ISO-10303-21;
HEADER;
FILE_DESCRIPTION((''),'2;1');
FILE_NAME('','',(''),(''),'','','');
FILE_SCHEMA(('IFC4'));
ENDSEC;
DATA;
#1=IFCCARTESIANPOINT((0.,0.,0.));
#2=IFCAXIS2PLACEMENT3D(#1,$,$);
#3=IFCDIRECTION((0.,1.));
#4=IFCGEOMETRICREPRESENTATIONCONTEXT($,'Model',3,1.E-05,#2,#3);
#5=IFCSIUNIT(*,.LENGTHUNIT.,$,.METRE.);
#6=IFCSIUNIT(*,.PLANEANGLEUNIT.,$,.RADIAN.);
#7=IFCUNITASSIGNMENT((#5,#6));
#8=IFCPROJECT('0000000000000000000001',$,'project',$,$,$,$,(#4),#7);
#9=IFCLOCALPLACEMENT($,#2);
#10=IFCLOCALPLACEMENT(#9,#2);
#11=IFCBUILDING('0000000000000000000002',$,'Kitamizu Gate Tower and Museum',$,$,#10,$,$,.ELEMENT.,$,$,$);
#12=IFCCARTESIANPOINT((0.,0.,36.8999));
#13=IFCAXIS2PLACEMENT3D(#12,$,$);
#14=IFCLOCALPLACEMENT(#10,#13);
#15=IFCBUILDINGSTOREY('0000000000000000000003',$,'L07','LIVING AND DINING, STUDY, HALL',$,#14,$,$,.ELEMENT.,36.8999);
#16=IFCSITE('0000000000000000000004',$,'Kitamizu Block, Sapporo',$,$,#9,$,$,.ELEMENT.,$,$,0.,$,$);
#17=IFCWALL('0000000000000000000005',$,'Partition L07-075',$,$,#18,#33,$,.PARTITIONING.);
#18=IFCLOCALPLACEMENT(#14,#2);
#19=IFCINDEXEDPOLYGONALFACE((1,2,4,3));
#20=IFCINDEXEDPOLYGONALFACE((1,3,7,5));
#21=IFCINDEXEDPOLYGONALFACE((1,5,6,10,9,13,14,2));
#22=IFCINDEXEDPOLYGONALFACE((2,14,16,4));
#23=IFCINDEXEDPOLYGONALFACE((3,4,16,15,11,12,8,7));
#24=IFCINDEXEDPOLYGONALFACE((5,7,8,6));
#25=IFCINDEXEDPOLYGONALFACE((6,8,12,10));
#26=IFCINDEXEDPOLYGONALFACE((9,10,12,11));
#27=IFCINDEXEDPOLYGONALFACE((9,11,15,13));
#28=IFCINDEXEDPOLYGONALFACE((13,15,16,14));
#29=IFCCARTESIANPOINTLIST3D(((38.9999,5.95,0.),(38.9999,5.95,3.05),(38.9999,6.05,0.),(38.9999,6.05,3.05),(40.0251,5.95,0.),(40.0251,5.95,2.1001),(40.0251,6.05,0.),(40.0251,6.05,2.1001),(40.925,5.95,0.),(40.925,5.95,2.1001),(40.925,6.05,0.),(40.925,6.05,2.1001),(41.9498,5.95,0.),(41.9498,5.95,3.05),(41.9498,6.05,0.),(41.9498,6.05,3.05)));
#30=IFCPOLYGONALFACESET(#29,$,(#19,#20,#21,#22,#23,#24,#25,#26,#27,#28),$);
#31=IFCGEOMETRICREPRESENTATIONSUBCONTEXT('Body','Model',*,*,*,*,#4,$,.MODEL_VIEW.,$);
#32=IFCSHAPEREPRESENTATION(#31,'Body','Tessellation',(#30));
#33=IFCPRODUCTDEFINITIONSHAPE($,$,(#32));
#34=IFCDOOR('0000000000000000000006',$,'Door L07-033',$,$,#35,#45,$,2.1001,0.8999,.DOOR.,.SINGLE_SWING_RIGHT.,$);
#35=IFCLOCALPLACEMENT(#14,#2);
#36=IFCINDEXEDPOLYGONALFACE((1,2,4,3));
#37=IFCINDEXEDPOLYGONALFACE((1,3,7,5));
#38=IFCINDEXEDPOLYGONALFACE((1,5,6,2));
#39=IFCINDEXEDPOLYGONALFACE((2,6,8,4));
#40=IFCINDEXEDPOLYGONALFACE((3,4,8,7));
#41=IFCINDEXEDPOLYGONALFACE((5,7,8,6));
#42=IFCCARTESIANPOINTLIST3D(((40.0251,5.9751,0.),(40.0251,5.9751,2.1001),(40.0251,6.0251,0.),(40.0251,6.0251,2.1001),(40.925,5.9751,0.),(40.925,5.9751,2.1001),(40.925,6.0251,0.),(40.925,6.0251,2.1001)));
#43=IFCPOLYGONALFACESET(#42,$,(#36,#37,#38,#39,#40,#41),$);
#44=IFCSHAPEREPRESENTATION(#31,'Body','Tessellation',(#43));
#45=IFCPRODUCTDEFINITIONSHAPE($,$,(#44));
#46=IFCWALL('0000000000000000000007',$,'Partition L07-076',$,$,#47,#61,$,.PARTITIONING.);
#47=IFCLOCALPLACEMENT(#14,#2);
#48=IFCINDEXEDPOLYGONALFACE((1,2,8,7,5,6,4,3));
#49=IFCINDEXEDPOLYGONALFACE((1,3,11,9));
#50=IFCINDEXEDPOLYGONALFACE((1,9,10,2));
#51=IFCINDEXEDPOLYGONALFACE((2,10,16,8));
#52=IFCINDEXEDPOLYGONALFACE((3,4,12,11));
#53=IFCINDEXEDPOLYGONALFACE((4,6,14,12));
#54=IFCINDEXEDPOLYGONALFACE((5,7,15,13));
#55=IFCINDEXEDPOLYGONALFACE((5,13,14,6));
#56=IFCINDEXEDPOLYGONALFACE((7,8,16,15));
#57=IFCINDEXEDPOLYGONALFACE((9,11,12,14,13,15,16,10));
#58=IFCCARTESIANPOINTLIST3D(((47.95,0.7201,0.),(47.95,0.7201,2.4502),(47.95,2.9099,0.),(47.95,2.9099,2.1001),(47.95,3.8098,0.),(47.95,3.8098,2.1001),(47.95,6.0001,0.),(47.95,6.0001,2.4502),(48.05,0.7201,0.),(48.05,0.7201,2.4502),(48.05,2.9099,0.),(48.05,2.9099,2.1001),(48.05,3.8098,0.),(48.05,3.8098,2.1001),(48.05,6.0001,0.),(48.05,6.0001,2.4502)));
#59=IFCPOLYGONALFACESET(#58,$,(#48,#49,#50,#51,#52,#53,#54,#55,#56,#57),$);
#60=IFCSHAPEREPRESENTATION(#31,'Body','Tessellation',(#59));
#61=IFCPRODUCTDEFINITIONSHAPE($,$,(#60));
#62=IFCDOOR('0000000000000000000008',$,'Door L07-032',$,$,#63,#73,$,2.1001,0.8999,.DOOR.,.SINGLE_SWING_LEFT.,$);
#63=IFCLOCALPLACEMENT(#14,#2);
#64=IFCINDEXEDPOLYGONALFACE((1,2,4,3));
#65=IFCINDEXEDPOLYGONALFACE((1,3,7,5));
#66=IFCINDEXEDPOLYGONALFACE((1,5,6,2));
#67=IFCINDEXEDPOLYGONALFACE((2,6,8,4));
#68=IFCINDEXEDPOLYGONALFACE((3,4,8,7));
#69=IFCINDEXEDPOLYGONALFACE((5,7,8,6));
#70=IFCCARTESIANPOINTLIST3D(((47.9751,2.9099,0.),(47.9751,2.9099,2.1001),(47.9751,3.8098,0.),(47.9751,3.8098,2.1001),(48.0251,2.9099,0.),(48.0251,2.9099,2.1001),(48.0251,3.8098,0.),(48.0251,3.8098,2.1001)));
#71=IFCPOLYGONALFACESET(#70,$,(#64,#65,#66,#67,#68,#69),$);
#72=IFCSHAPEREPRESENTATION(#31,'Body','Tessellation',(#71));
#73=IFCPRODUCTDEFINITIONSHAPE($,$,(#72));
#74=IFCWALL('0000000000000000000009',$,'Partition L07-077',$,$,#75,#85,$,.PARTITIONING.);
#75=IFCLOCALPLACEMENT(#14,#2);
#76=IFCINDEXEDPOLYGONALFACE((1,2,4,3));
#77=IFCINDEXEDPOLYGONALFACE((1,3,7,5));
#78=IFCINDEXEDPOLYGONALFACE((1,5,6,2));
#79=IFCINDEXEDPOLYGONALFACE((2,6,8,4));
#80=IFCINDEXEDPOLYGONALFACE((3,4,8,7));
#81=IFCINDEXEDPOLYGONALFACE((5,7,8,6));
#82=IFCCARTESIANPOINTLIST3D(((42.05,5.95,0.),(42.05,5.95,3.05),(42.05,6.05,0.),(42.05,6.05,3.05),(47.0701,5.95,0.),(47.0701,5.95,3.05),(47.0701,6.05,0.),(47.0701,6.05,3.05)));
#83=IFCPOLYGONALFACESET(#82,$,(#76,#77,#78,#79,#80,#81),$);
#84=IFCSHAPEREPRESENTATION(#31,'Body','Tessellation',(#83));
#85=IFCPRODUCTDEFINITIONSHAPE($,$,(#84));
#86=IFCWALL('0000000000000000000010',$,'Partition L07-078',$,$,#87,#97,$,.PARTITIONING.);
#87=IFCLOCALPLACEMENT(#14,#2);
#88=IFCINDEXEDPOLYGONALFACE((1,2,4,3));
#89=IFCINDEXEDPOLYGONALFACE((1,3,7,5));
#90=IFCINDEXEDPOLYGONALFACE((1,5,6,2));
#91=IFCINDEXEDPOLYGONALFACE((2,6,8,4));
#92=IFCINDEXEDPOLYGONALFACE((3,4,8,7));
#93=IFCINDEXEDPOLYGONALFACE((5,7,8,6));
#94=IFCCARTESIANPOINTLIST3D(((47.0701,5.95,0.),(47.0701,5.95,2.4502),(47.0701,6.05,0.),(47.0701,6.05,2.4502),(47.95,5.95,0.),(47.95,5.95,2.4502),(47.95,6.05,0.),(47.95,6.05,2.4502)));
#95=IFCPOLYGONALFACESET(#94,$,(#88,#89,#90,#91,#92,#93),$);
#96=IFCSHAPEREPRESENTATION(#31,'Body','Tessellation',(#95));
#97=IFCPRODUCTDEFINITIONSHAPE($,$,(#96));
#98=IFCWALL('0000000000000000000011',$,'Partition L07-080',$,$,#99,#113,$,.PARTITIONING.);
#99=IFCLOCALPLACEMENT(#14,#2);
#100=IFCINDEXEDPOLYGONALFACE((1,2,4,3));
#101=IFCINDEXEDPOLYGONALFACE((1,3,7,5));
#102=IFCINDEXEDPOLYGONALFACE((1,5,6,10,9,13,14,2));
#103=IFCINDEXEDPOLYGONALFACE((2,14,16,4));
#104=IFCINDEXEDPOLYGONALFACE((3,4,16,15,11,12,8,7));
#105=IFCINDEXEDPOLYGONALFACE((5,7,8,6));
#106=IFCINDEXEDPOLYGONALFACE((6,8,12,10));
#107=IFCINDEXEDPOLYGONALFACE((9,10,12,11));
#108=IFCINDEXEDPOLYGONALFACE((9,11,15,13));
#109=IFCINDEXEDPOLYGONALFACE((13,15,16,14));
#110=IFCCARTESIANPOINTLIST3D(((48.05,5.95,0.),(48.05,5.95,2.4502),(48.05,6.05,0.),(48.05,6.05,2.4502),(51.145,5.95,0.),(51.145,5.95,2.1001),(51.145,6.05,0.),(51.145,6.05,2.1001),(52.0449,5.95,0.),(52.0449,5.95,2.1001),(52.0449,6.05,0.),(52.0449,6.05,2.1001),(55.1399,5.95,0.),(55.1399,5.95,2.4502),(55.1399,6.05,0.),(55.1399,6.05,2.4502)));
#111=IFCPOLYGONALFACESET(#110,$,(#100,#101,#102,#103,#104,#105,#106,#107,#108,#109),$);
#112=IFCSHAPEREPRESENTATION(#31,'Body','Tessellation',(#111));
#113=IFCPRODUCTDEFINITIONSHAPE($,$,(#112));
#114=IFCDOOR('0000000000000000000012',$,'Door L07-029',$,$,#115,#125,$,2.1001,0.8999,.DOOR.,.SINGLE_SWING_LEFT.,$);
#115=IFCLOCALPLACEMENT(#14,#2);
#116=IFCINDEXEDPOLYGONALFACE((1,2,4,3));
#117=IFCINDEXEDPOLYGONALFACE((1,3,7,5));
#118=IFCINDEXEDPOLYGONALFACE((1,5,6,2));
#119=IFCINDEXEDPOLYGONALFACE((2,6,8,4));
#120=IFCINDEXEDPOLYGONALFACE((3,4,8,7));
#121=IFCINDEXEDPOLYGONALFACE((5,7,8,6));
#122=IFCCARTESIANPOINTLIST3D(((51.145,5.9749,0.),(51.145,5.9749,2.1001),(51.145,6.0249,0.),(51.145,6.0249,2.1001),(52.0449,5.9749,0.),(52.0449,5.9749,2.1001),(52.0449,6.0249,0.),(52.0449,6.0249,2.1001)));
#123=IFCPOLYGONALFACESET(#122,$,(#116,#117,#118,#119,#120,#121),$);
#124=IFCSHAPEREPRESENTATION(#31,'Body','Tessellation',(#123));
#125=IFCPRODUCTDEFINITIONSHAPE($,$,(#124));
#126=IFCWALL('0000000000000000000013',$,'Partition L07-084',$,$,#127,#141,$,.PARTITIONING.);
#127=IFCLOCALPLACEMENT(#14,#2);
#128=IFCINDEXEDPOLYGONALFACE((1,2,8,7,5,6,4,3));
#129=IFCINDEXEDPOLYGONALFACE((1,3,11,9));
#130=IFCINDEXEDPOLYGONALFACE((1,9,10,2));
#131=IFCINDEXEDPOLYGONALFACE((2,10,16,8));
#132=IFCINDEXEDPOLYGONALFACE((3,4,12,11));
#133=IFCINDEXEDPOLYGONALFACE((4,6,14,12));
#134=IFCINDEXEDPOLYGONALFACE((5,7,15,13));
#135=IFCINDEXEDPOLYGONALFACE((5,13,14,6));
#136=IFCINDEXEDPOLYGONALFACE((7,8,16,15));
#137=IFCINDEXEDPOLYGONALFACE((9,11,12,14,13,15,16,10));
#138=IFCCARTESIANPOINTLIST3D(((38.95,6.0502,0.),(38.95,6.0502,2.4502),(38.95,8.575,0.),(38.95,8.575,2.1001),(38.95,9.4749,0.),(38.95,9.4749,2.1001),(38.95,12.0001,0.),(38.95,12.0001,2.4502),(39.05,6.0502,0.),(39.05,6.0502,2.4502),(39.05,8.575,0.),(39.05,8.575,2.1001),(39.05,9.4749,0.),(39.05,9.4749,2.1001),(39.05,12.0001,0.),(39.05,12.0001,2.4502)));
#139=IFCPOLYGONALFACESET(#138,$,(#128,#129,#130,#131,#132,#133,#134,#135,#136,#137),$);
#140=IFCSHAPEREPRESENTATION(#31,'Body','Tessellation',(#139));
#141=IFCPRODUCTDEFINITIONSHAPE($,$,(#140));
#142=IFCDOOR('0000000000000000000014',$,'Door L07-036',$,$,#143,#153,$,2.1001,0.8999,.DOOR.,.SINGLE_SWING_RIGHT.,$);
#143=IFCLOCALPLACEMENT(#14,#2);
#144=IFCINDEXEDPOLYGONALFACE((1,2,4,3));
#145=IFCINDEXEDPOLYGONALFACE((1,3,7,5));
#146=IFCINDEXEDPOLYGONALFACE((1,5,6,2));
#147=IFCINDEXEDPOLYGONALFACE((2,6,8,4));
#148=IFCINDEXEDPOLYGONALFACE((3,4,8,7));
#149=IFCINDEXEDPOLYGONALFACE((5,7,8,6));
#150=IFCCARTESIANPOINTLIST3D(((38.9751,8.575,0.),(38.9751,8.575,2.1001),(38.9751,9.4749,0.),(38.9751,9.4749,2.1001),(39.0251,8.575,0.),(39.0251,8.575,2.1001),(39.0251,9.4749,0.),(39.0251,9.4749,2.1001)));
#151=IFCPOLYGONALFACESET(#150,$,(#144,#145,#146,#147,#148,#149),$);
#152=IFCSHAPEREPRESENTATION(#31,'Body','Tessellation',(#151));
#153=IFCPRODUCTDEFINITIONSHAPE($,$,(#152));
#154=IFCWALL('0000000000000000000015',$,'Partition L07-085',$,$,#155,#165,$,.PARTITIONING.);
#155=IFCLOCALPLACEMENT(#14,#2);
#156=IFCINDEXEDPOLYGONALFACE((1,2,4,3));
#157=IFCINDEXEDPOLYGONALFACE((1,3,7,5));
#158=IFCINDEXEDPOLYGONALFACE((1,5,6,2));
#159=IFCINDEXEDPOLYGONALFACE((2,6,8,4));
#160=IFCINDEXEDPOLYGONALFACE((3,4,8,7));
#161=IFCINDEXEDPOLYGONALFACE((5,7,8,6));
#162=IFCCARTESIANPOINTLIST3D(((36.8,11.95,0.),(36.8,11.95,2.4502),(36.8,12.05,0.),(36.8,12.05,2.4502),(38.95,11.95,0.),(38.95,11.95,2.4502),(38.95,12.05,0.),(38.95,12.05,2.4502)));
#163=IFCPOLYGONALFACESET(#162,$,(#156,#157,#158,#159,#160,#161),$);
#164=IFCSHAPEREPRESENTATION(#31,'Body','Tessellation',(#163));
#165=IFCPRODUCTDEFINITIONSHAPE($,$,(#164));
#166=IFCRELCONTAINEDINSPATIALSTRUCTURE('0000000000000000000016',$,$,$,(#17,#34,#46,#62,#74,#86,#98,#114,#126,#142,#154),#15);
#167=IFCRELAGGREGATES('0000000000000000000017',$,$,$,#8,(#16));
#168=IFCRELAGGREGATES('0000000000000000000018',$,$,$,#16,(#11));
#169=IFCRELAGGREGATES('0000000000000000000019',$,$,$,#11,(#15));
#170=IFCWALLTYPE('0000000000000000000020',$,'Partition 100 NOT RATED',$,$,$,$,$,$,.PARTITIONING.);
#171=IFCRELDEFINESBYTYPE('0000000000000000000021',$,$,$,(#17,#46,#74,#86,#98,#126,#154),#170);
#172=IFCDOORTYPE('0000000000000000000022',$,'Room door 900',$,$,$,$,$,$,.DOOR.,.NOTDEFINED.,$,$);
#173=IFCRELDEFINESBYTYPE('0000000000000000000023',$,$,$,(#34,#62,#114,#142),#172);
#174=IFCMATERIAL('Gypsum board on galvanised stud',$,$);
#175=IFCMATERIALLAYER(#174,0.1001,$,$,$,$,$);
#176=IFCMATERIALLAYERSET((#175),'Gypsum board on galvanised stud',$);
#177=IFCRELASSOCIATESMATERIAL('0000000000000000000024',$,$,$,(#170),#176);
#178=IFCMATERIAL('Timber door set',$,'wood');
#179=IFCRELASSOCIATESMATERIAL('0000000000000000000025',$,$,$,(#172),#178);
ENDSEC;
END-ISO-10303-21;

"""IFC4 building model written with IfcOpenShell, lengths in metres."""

from ifc_helpers import new_model, si_unit, direction, frame, frame_2d, origin, place, context, subcontext, project, spatial, rectangle, extrude, material, layer, layer_set, type_object, element, fill, save


model = new_model("IFC4")

# Units and contexts
model_context = context("Model", 3, precision=1e-05, world=origin(), true_north=direction((0.0, 1.0)))
body_context = subcontext(model_context, "Body", "Model", "MODEL_VIEW")
ifc_project = project(units=[si_unit("LENGTHUNIT", "METRE"), si_unit("PLANEANGLEUNIT", "RADIAN")], contexts=[model_context])

# Site, building, storey
site_placement = place(None, origin())
site = spatial("IfcSite", under=ifc_project, at=site_placement, Name="Kitamizu Block, Sapporo", CompositionType="ELEMENT", RefElevation=0.0)
building_placement = place(site_placement, origin())
building = spatial("IfcBuilding", under=site, at=building_placement, Name="Kitamizu Gate Tower and Museum", CompositionType="ELEMENT")
storey_placement = place(building_placement, frame((0.0, 0.0, 36.8999)))
storey = spatial("IfcBuildingStorey", under=building, at=storey_placement, Name="L07", Description="LIVING AND DINING, STUDY, HALL", CompositionType="ELEMENT", Elevation=36.8999)

# Shared definitions
ifc_material_1 = material(Name="Gypsum board on galvanised stud")
ifc_layer_1 = layer(ifc_material_1, 0.1001)
ifc_layer_set_1 = layer_set([ifc_layer_1], Name="Gypsum board on galvanised stud")
wall_type_1 = type_object("IfcWallType", Name="Partition 100 NOT RATED", PredefinedType="PARTITIONING", material=ifc_layer_set_1)

# Walls, openings, doors
wall_1_placement = place(storey_placement, frame((41.95, 6.0, 0.0), z_axis=(0.0, 0.0, 1.0), x_axis=(-1.0, 0.0, 0.0)))
wall_1 = element("IfcWall", 1, at=wall_1_placement, inside=storey, type_object=wall_type_1, Name="Partition L07-075", PredefinedType="PARTITIONING", context=body_context, shape_type="SweptSolid", body=[
    extrude(rectangle(XDim=2.95, YDim=0.1001, at=frame_2d((1.4751, 0.0))), origin(), (0.0, 0.0, 1.0), 3.05),
])
opening_1_placement = place(wall_1_placement, frame((1.0249, 0.0, 0.0)))
opening_1 = element("IfcOpeningElement", 2, at=opening_1_placement, cuts=wall_1, PredefinedType="OPENING", context=body_context, shape_type="SweptSolid", body=[
    extrude(rectangle(XDim=0.8999, YDim=2.1001, at=frame_2d((0.45, 1.05))), frame((0.0, 0.0601, 0.0), z_axis=(0.0, -1.0, 0.0), x_axis=(1.0, 0.0, 0.0)), (0.0, 0.0, 1.0), 0.1201),
])
ifc_material_2 = material(Name="Timber door set", Category="wood")
door_type = type_object("IfcDoorType", Name="Room door 900", OperationType="NOTDEFINED", PredefinedType="DOOR", material=ifc_material_2)
door_1_placement = place(opening_1_placement, origin())
door_1 = element("IfcDoor", 3, at=door_1_placement, inside=storey, type_object=door_type, Name="Door L07-033", OperationType="SINGLE_SWING_RIGHT", OverallHeight=2.1001, OverallWidth=0.8999, PredefinedType="DOOR", context=body_context, shape_type="SweptSolid", body=[
    extrude(rectangle(XDim=0.8999, YDim=2.1001, at=frame_2d((0.45, 1.05))), frame((0.0, 0.0249, 0.0), z_axis=(0.0, -1.0, 0.0), x_axis=(1.0, 0.0, 0.0)), (0.0, 0.0, 1.0), 0.05),
])
fill(opening_1, door_1)
wall_2_placement = place(storey_placement, frame((48.0, 0.72, 0.0), z_axis=(0.0, 0.0, 1.0), x_axis=(0.0, 1.0, 0.0)))
wall_2 = element("IfcWall", 4, at=wall_2_placement, inside=storey, type_object=wall_type_1, Name="Partition L07-076", PredefinedType="PARTITIONING", context=body_context, shape_type="SweptSolid", body=[
    extrude(rectangle(XDim=5.28, YDim=0.1001, at=frame_2d((2.6401, 0.0))), origin(), (0.0, 0.0, 1.0), 2.4502),
])
opening_2_placement = place(wall_2_placement, frame((2.1899, 0.0, 0.0)))
opening_2 = element("IfcOpeningElement", 5, at=opening_2_placement, cuts=wall_2, PredefinedType="OPENING", context=body_context, shape_type="SweptSolid", body=[
    extrude(rectangle(XDim=0.8999, YDim=2.1001, at=frame_2d((0.45, 1.05))), frame((0.0, 0.0601, 0.0), z_axis=(0.0, -1.0, 0.0), x_axis=(1.0, 0.0, 0.0)), (0.0, 0.0, 1.0), 0.1201),
])
door_2_placement = place(opening_2_placement, origin())
door_2 = element("IfcDoor", 6, at=door_2_placement, inside=storey, type_object=door_type, Name="Door L07-032", OperationType="SINGLE_SWING_LEFT", OverallHeight=2.1001, OverallWidth=0.8999, PredefinedType="DOOR", context=body_context, shape_type="SweptSolid", body=[
    extrude(rectangle(XDim=0.8999, YDim=2.1001, at=frame_2d((0.45, 1.05))), frame((0.0, 0.0249, 0.0), z_axis=(0.0, -1.0, 0.0), x_axis=(1.0, 0.0, 0.0)), (0.0, 0.0, 1.0), 0.05),
])
fill(opening_2, door_2)

# Walls
wall_3_placement = place(storey_placement, frame((47.0701, 6.0, 0.0), z_axis=(0.0, 0.0, 1.0), x_axis=(-1.0, 0.0, 0.0)))
element("IfcWall", 7, at=wall_3_placement, inside=storey, type_object=wall_type_1, Name="Partition L07-077", PredefinedType="PARTITIONING", context=body_context, shape_type="SweptSolid", body=[
    extrude(rectangle(XDim=5.02, YDim=0.1001, at=frame_2d((2.51, 0.0))), origin(), (0.0, 0.0, 1.0), 3.05),
])
wall_4_placement = place(storey_placement, frame((47.95, 6.0, 0.0), z_axis=(0.0, 0.0, 1.0), x_axis=(-1.0, 0.0, 0.0)))
element("IfcWall", 8, at=wall_4_placement, inside=storey, type_object=wall_type_1, Name="Partition L07-078", PredefinedType="PARTITIONING", context=body_context, shape_type="SweptSolid", body=[
    extrude(rectangle(XDim=0.8799, YDim=0.1001, at=frame_2d((0.4399, 0.0))), origin(), (0.0, 0.0, 1.0), 2.4502),
])

# Walls, openings, doors
wall_5_placement = place(storey_placement, frame((55.1399, 6.0, 0.0), z_axis=(0.0, 0.0, 1.0), x_axis=(-1.0, 0.0, 0.0)))
wall_5 = element("IfcWall", 9, at=wall_5_placement, inside=storey, type_object=wall_type_1, Name="Partition L07-080", PredefinedType="PARTITIONING", context=body_context, shape_type="SweptSolid", body=[
    extrude(rectangle(XDim=7.0898, YDim=0.1001, at=frame_2d((3.5449, 0.0))), origin(), (0.0, 0.0, 1.0), 2.4502),
])
opening_3_placement = place(wall_5_placement, frame((3.095, 0.0, 0.0)))
opening_3 = element("IfcOpeningElement", 10, at=opening_3_placement, cuts=wall_5, PredefinedType="OPENING", context=body_context, shape_type="SweptSolid", body=[
    extrude(rectangle(XDim=0.8999, YDim=2.1001, at=frame_2d((0.45, 1.05))), frame((0.0, 0.0601, 0.0), z_axis=(0.0, -1.0, 0.0), x_axis=(1.0, 0.0, 0.0)), (0.0, 0.0, 1.0), 0.1201),
])
door_3_placement = place(opening_3_placement, frame((0.8999, 0.0, 0.0), x_axis=(-1.0, 0.0, 0.0)))
door_3 = element("IfcDoor", 11, at=door_3_placement, inside=storey, type_object=door_type, Name="Door L07-029", OperationType="SINGLE_SWING_LEFT", OverallHeight=2.1001, OverallWidth=0.8999, PredefinedType="DOOR", context=body_context, shape_type="SweptSolid", body=[
    extrude(rectangle(XDim=0.8999, YDim=2.1001, at=frame_2d((0.45, 1.05))), frame((0.0, 0.0249, 0.0), z_axis=(0.0, -1.0, 0.0), x_axis=(1.0, 0.0, 0.0)), (0.0, 0.0, 1.0), 0.05),
])
fill(opening_3, door_3)
wall_6_placement = place(storey_placement, frame((39.0, 6.05, 0.0), z_axis=(0.0, 0.0, 1.0), x_axis=(0.0, 1.0, 0.0)))
wall_6 = element("IfcWall", 12, at=wall_6_placement, inside=storey, type_object=wall_type_1, Name="Partition L07-084", PredefinedType="PARTITIONING", context=body_context, shape_type="SweptSolid", body=[
    extrude(rectangle(XDim=5.95, YDim=0.1001, at=frame_2d((2.9751, 0.0))), origin(), (0.0, 0.0, 1.0), 2.4502),
])
opening_4_placement = place(wall_6_placement, frame((2.5249, 0.0, 0.0)))
opening_4 = element("IfcOpeningElement", 13, at=opening_4_placement, cuts=wall_6, PredefinedType="OPENING", context=body_context, shape_type="SweptSolid", body=[
    extrude(rectangle(XDim=0.8999, YDim=2.1001, at=frame_2d((0.45, 1.05))), frame((0.0, 0.0601, 0.0), z_axis=(0.0, -1.0, 0.0), x_axis=(1.0, 0.0, 0.0)), (0.0, 0.0, 1.0), 0.1201),
])
door_4_placement = place(opening_4_placement, origin())
door_4 = element("IfcDoor", 14, at=door_4_placement, inside=storey, type_object=door_type, Name="Door L07-036", OperationType="SINGLE_SWING_RIGHT", OverallHeight=2.1001, OverallWidth=0.8999, PredefinedType="DOOR", context=body_context, shape_type="SweptSolid", body=[
    extrude(rectangle(XDim=0.8999, YDim=2.1001, at=frame_2d((0.45, 1.05))), frame((0.0, 0.0249, 0.0), z_axis=(0.0, -1.0, 0.0), x_axis=(1.0, 0.0, 0.0)), (0.0, 0.0, 1.0), 0.05),
])
fill(opening_4, door_4)

# Wall
wall_7_placement = place(storey_placement, frame((38.95, 12.0, 0.0), z_axis=(0.0, 0.0, 1.0), x_axis=(-1.0, 0.0, 0.0)))
element("IfcWall", 15, at=wall_7_placement, inside=storey, type_object=wall_type_1, Name="Partition L07-085", PredefinedType="PARTITIONING", context=body_context, shape_type="SweptSolid", body=[
    extrude(rectangle(XDim=2.1499, YDim=0.1001, at=frame_2d((1.075, 0.0))), origin(), (0.0, 0.0, 1.0), 2.4502),
])

save(model, "model.ifc")
